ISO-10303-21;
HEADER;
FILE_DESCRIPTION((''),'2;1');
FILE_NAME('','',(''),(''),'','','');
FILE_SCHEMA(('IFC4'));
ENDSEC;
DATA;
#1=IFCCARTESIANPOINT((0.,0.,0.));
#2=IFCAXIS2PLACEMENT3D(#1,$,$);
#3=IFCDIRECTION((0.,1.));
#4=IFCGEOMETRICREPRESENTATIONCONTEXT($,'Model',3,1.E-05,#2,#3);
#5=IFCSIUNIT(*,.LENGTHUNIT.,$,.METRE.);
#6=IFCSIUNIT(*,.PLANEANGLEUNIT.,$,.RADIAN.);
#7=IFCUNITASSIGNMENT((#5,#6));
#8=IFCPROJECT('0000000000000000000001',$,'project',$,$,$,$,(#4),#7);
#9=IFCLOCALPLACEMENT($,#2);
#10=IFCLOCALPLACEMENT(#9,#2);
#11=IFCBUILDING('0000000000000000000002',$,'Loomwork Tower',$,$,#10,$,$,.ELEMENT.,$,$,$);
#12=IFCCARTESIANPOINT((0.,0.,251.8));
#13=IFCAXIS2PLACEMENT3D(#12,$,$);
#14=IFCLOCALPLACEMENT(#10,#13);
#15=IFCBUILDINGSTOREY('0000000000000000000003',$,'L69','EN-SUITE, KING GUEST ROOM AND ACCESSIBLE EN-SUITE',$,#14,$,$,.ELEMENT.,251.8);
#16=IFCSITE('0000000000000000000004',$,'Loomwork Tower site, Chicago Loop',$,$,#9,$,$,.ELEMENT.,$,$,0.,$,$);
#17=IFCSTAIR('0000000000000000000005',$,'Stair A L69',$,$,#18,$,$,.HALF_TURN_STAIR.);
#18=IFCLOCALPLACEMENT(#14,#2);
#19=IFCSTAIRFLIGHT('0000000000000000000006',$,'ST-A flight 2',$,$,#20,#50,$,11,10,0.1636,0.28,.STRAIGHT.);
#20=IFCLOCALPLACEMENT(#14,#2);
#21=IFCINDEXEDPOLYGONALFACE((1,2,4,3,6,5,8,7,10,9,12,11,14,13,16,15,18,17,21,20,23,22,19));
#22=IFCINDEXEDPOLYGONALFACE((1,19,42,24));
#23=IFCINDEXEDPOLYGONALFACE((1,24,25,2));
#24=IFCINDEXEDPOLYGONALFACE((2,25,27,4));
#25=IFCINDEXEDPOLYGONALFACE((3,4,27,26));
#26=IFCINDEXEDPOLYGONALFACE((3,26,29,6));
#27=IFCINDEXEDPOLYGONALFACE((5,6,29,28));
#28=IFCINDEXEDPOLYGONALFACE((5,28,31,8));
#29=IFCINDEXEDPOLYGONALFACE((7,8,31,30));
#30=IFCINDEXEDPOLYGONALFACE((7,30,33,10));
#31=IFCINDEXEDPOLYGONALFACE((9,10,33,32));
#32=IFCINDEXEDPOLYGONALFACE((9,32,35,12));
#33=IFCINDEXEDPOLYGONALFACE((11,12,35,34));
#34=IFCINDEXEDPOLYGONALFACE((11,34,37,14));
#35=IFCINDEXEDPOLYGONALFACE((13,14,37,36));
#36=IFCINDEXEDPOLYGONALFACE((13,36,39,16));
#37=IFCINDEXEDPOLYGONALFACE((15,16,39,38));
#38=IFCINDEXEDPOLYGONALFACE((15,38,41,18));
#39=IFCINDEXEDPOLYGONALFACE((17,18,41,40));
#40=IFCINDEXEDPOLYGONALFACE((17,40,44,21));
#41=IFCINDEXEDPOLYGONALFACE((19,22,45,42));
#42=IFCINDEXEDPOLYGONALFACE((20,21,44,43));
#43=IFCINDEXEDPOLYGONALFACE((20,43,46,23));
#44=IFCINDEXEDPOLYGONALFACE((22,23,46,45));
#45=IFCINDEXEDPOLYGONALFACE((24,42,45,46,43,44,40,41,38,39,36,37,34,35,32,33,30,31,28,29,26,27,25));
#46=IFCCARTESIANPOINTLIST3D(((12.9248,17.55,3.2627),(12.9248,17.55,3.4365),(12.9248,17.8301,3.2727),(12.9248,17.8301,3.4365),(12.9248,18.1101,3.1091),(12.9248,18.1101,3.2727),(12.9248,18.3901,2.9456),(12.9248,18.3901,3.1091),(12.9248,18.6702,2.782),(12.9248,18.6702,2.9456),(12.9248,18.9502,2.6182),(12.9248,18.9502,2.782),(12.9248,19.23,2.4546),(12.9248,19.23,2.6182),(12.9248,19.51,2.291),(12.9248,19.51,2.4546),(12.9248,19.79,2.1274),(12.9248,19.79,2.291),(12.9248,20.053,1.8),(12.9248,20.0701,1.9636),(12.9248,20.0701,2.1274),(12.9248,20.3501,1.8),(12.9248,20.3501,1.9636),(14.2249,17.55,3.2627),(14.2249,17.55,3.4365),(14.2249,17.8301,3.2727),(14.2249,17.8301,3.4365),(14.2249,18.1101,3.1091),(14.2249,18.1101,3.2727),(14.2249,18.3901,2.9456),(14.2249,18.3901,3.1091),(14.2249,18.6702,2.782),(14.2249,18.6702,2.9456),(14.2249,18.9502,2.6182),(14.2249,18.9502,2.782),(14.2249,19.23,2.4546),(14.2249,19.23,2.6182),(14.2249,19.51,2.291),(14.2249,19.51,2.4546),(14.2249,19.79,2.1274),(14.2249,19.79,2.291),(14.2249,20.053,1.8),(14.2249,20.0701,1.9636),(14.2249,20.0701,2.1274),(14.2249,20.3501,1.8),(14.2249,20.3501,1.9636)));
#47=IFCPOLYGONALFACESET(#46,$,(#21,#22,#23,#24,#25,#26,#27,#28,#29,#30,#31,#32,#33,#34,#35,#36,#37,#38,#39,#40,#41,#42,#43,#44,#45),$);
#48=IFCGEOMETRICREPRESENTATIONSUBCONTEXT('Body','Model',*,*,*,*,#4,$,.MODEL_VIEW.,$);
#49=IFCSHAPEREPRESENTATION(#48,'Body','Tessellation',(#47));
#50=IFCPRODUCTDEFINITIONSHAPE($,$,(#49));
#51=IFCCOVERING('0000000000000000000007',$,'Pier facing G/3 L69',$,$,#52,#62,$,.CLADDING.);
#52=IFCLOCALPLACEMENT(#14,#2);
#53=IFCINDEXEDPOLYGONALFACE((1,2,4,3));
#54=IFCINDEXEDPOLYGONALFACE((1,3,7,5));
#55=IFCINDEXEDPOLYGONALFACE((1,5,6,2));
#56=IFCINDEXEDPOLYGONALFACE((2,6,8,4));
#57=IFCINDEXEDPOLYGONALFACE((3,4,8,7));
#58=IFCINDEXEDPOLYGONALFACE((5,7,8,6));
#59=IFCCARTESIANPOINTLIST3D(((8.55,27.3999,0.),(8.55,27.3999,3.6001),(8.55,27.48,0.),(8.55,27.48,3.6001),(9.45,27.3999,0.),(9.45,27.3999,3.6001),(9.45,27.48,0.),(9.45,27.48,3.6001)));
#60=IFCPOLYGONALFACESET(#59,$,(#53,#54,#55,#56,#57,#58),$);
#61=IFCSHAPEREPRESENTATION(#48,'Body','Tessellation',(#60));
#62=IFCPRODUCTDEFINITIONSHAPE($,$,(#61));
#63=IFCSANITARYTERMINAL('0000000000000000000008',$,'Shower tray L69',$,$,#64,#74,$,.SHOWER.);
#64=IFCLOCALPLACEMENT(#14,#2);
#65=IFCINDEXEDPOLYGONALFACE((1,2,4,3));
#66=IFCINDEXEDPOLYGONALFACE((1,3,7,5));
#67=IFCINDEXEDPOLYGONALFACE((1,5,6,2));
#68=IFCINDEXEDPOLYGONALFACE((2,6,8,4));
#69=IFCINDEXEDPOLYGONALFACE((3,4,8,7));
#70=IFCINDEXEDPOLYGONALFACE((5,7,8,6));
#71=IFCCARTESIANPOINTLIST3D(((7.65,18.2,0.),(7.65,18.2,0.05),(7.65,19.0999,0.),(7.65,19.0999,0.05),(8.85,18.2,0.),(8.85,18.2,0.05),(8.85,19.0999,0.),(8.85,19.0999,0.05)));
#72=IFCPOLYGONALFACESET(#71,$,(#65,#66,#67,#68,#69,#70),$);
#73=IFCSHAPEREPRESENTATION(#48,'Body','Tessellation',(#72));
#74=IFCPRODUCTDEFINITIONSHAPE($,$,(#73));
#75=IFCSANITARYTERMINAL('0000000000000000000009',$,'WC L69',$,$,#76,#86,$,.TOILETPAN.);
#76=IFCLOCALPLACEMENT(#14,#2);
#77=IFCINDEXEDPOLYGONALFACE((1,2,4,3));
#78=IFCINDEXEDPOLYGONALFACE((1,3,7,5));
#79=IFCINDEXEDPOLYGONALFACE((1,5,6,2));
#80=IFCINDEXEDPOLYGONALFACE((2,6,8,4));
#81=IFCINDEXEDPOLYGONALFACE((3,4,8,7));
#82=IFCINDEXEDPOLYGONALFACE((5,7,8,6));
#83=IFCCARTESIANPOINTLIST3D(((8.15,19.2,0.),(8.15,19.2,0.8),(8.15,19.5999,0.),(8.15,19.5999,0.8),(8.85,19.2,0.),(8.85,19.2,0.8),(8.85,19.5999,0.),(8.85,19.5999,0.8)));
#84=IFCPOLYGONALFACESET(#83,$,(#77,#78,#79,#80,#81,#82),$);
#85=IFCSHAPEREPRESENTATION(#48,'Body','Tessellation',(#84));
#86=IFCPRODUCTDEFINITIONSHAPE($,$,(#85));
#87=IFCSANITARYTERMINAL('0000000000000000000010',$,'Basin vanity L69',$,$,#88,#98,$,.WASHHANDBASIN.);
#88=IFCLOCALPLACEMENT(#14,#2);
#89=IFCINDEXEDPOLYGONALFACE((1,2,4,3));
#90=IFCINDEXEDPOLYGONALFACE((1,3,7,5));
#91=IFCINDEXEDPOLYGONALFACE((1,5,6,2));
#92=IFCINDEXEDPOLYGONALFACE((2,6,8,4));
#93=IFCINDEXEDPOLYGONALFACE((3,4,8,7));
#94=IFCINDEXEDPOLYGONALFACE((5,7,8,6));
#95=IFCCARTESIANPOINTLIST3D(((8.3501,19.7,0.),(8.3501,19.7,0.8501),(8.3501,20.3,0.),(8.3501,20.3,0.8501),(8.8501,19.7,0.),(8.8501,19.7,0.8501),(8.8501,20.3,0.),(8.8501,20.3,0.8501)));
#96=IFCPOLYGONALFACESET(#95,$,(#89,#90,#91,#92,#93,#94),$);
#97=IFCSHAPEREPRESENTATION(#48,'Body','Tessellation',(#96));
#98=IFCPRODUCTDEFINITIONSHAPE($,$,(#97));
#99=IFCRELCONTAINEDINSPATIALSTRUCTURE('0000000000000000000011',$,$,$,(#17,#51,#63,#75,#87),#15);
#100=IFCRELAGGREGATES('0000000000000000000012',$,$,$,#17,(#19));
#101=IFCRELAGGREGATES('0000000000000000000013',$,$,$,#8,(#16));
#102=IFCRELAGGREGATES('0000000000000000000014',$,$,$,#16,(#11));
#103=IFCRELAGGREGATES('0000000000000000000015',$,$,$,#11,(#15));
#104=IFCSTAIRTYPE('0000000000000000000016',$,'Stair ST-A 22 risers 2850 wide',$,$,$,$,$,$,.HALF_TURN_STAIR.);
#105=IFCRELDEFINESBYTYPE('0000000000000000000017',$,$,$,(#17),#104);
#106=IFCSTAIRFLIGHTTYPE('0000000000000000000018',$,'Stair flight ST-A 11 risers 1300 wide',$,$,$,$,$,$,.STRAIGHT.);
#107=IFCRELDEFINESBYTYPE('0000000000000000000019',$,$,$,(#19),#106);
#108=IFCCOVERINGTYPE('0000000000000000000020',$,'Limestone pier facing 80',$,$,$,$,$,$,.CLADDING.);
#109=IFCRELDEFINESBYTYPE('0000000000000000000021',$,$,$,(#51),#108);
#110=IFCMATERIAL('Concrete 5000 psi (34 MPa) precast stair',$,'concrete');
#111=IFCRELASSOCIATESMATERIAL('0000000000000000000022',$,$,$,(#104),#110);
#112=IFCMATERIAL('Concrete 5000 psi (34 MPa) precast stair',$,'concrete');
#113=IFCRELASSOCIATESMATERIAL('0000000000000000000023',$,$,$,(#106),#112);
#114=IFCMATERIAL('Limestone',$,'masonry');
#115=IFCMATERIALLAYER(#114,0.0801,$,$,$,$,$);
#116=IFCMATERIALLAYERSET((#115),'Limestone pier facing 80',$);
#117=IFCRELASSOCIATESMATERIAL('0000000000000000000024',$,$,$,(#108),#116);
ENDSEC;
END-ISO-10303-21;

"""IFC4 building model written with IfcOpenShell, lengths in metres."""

from ifc_helpers import new_model, si_unit, direction, frame, origin, origin_2d, place, context, subcontext, project, spatial, polyline, rectangle, outline, extrude, material, layer, layer_set, type_object, element, aggregate, save


model = new_model("IFC4")

# Units and contexts
model_context = context("Model", 3, precision=1e-05, world=origin(), true_north=direction((0.0, 1.0)))
body_context = subcontext(model_context, "Body", "Model", "MODEL_VIEW")
ifc_project = project(units=[si_unit("LENGTHUNIT", "METRE"), si_unit("PLANEANGLEUNIT", "RADIAN")], contexts=[model_context])

# Site, building, storey
site_placement = place(None, origin())
site = spatial("IfcSite", under=ifc_project, at=site_placement, Name="Loomwork Tower site, Chicago Loop", CompositionType="ELEMENT", RefElevation=0.0)
building_placement = place(site_placement, origin())
building = spatial("IfcBuilding", under=site, at=building_placement, Name="Loomwork Tower", CompositionType="ELEMENT")
storey_placement = place(building_placement, frame((0.0, 0.0, 251.8)))
storey = spatial("IfcBuildingStorey", under=building, at=storey_placement, Name="L69", Description="EN-SUITE, KING GUEST ROOM AND ACCESSIBLE EN-SUITE", CompositionType="ELEMENT", Elevation=251.8)

# Stair, stair flight
ifc_material_1 = material(Name="Concrete 5000 psi (34 MPa) precast stair", Category="concrete")
stair_type = type_object("IfcStairType", Name="Stair ST-A 22 risers 2850 wide", PredefinedType="HALF_TURN_STAIR", material=ifc_material_1)
stair_placement = place(storey_placement, origin())
stair = element("IfcStair", 1, at=stair_placement, inside=storey, type_object=stair_type, Name="Stair A L69", PredefinedType="HALF_TURN_STAIR")
ifc_material_2 = material(Name="Concrete 5000 psi (34 MPa) precast stair", Category="concrete")
stair_flight_type = type_object("IfcStairFlightType", Name="Stair flight ST-A 11 risers 1300 wide", PredefinedType="STRAIGHT", material=ifc_material_2)
stair_flight_placement = place(storey_placement, frame((13.575, 20.3501, 1.8), z_axis=(0.0, 0.0, 1.0), x_axis=(0.0, -1.0, 0.0)))
stair_flight = element("IfcStairFlight", 2, at=stair_flight_placement, type_object=stair_flight_type, Name="ST-A flight 2", NumberOfRisers=11, NumberOfTreads=10, PredefinedType="STRAIGHT", RiserHeight=0.1636, TreadLength=0.28, context=body_context, shape_type="SweptSolid", body=[
    extrude(outline(polyline([(0.0, 0.0), (0.0, 0.1636), (0.28, 0.1636), (0.28, 0.3274), (0.5601, 0.3274), (0.5601, 0.491), (0.8401, 0.491), (0.8401, 0.6545), (1.1201, 0.6545), (1.1201, 0.8181), (1.3999, 0.8181), (1.3999, 0.9819), (1.6799, 0.9819), (1.6799, 1.1455), (1.96, 1.1455), (1.96, 1.3091), (2.24, 1.3091), (2.24, 1.4727), (2.52, 1.4727), (2.52, 1.6365), (2.8, 1.6365), (2.8, 1.8), (2.8, 1.4626), (0.2971, 0.0), (0.0, 0.0)])), frame((0.0, 0.6499, 0.0), z_axis=(0.0, -1.0, 0.0), x_axis=(1.0, 0.0, 0.0)), (0.0, 0.0, 1.0), 1.3),
])
aggregate(stair, [stair_flight])

# Covering
ifc_material_3 = material(Name="Limestone", Category="masonry")
ifc_layer_1 = layer(ifc_material_3, 0.0801)
ifc_layer_set_1 = layer_set([ifc_layer_1], Name="Limestone pier facing 80")
covering_type = type_object("IfcCoveringType", Name="Limestone pier facing 80", PredefinedType="CLADDING", material=ifc_layer_set_1)
covering_placement = place(storey_placement, frame((9.0, 27.4399, 0.0), z_axis=(0.0, 0.0, 1.0), x_axis=(1.0, 0.0, 0.0)))
element("IfcCovering", 3, at=covering_placement, inside=storey, type_object=covering_type, Name="Pier facing G/3 L69", PredefinedType="CLADDING", context=body_context, shape_type="SweptSolid", body=[
    extrude(rectangle(XDim=0.8999, YDim=0.0801, at=origin_2d()), origin(), (0.0, 0.0, 1.0), 3.6001),
])

# Sanitary terminals
sanitary_terminal_1_placement = place(storey_placement, frame((8.25, 18.6499, 0.0), z_axis=(0.0, 0.0, 1.0), x_axis=(1.0, 0.0, 0.0)))
element("IfcSanitaryTerminal", 4, at=sanitary_terminal_1_placement, inside=storey, Name="Shower tray L69", PredefinedType="SHOWER", context=body_context, shape_type="SweptSolid", body=[
    extrude(rectangle(XDim=1.2, YDim=0.8999, at=origin_2d()), origin(), (0.0, 0.0, 1.0), 0.05),
])
sanitary_terminal_2_placement = place(storey_placement, frame((8.5, 19.3999, 0.0), z_axis=(0.0, 0.0, 1.0), x_axis=(1.0, 0.0, 0.0)))
element("IfcSanitaryTerminal", 5, at=sanitary_terminal_2_placement, inside=storey, Name="WC L69", PredefinedType="TOILETPAN", context=body_context, shape_type="SweptSolid", body=[
    extrude(rectangle(XDim=0.7, YDim=0.3999, at=origin_2d()), origin(), (0.0, 0.0, 1.0), 0.8),
])
sanitary_terminal_3_placement = place(storey_placement, frame((8.6001, 20.0, 0.0), z_axis=(0.0, 0.0, 1.0), x_axis=(1.0, 0.0, 0.0)))
element("IfcSanitaryTerminal", 6, at=sanitary_terminal_3_placement, inside=storey, Name="Basin vanity L69", PredefinedType="WASHHANDBASIN", context=body_context, shape_type="SweptSolid", body=[
    extrude(rectangle(XDim=0.5, YDim=0.6001, at=origin_2d()), origin(), (0.0, 0.0, 1.0), 0.8501),
])

save(model, "model.ifc")
